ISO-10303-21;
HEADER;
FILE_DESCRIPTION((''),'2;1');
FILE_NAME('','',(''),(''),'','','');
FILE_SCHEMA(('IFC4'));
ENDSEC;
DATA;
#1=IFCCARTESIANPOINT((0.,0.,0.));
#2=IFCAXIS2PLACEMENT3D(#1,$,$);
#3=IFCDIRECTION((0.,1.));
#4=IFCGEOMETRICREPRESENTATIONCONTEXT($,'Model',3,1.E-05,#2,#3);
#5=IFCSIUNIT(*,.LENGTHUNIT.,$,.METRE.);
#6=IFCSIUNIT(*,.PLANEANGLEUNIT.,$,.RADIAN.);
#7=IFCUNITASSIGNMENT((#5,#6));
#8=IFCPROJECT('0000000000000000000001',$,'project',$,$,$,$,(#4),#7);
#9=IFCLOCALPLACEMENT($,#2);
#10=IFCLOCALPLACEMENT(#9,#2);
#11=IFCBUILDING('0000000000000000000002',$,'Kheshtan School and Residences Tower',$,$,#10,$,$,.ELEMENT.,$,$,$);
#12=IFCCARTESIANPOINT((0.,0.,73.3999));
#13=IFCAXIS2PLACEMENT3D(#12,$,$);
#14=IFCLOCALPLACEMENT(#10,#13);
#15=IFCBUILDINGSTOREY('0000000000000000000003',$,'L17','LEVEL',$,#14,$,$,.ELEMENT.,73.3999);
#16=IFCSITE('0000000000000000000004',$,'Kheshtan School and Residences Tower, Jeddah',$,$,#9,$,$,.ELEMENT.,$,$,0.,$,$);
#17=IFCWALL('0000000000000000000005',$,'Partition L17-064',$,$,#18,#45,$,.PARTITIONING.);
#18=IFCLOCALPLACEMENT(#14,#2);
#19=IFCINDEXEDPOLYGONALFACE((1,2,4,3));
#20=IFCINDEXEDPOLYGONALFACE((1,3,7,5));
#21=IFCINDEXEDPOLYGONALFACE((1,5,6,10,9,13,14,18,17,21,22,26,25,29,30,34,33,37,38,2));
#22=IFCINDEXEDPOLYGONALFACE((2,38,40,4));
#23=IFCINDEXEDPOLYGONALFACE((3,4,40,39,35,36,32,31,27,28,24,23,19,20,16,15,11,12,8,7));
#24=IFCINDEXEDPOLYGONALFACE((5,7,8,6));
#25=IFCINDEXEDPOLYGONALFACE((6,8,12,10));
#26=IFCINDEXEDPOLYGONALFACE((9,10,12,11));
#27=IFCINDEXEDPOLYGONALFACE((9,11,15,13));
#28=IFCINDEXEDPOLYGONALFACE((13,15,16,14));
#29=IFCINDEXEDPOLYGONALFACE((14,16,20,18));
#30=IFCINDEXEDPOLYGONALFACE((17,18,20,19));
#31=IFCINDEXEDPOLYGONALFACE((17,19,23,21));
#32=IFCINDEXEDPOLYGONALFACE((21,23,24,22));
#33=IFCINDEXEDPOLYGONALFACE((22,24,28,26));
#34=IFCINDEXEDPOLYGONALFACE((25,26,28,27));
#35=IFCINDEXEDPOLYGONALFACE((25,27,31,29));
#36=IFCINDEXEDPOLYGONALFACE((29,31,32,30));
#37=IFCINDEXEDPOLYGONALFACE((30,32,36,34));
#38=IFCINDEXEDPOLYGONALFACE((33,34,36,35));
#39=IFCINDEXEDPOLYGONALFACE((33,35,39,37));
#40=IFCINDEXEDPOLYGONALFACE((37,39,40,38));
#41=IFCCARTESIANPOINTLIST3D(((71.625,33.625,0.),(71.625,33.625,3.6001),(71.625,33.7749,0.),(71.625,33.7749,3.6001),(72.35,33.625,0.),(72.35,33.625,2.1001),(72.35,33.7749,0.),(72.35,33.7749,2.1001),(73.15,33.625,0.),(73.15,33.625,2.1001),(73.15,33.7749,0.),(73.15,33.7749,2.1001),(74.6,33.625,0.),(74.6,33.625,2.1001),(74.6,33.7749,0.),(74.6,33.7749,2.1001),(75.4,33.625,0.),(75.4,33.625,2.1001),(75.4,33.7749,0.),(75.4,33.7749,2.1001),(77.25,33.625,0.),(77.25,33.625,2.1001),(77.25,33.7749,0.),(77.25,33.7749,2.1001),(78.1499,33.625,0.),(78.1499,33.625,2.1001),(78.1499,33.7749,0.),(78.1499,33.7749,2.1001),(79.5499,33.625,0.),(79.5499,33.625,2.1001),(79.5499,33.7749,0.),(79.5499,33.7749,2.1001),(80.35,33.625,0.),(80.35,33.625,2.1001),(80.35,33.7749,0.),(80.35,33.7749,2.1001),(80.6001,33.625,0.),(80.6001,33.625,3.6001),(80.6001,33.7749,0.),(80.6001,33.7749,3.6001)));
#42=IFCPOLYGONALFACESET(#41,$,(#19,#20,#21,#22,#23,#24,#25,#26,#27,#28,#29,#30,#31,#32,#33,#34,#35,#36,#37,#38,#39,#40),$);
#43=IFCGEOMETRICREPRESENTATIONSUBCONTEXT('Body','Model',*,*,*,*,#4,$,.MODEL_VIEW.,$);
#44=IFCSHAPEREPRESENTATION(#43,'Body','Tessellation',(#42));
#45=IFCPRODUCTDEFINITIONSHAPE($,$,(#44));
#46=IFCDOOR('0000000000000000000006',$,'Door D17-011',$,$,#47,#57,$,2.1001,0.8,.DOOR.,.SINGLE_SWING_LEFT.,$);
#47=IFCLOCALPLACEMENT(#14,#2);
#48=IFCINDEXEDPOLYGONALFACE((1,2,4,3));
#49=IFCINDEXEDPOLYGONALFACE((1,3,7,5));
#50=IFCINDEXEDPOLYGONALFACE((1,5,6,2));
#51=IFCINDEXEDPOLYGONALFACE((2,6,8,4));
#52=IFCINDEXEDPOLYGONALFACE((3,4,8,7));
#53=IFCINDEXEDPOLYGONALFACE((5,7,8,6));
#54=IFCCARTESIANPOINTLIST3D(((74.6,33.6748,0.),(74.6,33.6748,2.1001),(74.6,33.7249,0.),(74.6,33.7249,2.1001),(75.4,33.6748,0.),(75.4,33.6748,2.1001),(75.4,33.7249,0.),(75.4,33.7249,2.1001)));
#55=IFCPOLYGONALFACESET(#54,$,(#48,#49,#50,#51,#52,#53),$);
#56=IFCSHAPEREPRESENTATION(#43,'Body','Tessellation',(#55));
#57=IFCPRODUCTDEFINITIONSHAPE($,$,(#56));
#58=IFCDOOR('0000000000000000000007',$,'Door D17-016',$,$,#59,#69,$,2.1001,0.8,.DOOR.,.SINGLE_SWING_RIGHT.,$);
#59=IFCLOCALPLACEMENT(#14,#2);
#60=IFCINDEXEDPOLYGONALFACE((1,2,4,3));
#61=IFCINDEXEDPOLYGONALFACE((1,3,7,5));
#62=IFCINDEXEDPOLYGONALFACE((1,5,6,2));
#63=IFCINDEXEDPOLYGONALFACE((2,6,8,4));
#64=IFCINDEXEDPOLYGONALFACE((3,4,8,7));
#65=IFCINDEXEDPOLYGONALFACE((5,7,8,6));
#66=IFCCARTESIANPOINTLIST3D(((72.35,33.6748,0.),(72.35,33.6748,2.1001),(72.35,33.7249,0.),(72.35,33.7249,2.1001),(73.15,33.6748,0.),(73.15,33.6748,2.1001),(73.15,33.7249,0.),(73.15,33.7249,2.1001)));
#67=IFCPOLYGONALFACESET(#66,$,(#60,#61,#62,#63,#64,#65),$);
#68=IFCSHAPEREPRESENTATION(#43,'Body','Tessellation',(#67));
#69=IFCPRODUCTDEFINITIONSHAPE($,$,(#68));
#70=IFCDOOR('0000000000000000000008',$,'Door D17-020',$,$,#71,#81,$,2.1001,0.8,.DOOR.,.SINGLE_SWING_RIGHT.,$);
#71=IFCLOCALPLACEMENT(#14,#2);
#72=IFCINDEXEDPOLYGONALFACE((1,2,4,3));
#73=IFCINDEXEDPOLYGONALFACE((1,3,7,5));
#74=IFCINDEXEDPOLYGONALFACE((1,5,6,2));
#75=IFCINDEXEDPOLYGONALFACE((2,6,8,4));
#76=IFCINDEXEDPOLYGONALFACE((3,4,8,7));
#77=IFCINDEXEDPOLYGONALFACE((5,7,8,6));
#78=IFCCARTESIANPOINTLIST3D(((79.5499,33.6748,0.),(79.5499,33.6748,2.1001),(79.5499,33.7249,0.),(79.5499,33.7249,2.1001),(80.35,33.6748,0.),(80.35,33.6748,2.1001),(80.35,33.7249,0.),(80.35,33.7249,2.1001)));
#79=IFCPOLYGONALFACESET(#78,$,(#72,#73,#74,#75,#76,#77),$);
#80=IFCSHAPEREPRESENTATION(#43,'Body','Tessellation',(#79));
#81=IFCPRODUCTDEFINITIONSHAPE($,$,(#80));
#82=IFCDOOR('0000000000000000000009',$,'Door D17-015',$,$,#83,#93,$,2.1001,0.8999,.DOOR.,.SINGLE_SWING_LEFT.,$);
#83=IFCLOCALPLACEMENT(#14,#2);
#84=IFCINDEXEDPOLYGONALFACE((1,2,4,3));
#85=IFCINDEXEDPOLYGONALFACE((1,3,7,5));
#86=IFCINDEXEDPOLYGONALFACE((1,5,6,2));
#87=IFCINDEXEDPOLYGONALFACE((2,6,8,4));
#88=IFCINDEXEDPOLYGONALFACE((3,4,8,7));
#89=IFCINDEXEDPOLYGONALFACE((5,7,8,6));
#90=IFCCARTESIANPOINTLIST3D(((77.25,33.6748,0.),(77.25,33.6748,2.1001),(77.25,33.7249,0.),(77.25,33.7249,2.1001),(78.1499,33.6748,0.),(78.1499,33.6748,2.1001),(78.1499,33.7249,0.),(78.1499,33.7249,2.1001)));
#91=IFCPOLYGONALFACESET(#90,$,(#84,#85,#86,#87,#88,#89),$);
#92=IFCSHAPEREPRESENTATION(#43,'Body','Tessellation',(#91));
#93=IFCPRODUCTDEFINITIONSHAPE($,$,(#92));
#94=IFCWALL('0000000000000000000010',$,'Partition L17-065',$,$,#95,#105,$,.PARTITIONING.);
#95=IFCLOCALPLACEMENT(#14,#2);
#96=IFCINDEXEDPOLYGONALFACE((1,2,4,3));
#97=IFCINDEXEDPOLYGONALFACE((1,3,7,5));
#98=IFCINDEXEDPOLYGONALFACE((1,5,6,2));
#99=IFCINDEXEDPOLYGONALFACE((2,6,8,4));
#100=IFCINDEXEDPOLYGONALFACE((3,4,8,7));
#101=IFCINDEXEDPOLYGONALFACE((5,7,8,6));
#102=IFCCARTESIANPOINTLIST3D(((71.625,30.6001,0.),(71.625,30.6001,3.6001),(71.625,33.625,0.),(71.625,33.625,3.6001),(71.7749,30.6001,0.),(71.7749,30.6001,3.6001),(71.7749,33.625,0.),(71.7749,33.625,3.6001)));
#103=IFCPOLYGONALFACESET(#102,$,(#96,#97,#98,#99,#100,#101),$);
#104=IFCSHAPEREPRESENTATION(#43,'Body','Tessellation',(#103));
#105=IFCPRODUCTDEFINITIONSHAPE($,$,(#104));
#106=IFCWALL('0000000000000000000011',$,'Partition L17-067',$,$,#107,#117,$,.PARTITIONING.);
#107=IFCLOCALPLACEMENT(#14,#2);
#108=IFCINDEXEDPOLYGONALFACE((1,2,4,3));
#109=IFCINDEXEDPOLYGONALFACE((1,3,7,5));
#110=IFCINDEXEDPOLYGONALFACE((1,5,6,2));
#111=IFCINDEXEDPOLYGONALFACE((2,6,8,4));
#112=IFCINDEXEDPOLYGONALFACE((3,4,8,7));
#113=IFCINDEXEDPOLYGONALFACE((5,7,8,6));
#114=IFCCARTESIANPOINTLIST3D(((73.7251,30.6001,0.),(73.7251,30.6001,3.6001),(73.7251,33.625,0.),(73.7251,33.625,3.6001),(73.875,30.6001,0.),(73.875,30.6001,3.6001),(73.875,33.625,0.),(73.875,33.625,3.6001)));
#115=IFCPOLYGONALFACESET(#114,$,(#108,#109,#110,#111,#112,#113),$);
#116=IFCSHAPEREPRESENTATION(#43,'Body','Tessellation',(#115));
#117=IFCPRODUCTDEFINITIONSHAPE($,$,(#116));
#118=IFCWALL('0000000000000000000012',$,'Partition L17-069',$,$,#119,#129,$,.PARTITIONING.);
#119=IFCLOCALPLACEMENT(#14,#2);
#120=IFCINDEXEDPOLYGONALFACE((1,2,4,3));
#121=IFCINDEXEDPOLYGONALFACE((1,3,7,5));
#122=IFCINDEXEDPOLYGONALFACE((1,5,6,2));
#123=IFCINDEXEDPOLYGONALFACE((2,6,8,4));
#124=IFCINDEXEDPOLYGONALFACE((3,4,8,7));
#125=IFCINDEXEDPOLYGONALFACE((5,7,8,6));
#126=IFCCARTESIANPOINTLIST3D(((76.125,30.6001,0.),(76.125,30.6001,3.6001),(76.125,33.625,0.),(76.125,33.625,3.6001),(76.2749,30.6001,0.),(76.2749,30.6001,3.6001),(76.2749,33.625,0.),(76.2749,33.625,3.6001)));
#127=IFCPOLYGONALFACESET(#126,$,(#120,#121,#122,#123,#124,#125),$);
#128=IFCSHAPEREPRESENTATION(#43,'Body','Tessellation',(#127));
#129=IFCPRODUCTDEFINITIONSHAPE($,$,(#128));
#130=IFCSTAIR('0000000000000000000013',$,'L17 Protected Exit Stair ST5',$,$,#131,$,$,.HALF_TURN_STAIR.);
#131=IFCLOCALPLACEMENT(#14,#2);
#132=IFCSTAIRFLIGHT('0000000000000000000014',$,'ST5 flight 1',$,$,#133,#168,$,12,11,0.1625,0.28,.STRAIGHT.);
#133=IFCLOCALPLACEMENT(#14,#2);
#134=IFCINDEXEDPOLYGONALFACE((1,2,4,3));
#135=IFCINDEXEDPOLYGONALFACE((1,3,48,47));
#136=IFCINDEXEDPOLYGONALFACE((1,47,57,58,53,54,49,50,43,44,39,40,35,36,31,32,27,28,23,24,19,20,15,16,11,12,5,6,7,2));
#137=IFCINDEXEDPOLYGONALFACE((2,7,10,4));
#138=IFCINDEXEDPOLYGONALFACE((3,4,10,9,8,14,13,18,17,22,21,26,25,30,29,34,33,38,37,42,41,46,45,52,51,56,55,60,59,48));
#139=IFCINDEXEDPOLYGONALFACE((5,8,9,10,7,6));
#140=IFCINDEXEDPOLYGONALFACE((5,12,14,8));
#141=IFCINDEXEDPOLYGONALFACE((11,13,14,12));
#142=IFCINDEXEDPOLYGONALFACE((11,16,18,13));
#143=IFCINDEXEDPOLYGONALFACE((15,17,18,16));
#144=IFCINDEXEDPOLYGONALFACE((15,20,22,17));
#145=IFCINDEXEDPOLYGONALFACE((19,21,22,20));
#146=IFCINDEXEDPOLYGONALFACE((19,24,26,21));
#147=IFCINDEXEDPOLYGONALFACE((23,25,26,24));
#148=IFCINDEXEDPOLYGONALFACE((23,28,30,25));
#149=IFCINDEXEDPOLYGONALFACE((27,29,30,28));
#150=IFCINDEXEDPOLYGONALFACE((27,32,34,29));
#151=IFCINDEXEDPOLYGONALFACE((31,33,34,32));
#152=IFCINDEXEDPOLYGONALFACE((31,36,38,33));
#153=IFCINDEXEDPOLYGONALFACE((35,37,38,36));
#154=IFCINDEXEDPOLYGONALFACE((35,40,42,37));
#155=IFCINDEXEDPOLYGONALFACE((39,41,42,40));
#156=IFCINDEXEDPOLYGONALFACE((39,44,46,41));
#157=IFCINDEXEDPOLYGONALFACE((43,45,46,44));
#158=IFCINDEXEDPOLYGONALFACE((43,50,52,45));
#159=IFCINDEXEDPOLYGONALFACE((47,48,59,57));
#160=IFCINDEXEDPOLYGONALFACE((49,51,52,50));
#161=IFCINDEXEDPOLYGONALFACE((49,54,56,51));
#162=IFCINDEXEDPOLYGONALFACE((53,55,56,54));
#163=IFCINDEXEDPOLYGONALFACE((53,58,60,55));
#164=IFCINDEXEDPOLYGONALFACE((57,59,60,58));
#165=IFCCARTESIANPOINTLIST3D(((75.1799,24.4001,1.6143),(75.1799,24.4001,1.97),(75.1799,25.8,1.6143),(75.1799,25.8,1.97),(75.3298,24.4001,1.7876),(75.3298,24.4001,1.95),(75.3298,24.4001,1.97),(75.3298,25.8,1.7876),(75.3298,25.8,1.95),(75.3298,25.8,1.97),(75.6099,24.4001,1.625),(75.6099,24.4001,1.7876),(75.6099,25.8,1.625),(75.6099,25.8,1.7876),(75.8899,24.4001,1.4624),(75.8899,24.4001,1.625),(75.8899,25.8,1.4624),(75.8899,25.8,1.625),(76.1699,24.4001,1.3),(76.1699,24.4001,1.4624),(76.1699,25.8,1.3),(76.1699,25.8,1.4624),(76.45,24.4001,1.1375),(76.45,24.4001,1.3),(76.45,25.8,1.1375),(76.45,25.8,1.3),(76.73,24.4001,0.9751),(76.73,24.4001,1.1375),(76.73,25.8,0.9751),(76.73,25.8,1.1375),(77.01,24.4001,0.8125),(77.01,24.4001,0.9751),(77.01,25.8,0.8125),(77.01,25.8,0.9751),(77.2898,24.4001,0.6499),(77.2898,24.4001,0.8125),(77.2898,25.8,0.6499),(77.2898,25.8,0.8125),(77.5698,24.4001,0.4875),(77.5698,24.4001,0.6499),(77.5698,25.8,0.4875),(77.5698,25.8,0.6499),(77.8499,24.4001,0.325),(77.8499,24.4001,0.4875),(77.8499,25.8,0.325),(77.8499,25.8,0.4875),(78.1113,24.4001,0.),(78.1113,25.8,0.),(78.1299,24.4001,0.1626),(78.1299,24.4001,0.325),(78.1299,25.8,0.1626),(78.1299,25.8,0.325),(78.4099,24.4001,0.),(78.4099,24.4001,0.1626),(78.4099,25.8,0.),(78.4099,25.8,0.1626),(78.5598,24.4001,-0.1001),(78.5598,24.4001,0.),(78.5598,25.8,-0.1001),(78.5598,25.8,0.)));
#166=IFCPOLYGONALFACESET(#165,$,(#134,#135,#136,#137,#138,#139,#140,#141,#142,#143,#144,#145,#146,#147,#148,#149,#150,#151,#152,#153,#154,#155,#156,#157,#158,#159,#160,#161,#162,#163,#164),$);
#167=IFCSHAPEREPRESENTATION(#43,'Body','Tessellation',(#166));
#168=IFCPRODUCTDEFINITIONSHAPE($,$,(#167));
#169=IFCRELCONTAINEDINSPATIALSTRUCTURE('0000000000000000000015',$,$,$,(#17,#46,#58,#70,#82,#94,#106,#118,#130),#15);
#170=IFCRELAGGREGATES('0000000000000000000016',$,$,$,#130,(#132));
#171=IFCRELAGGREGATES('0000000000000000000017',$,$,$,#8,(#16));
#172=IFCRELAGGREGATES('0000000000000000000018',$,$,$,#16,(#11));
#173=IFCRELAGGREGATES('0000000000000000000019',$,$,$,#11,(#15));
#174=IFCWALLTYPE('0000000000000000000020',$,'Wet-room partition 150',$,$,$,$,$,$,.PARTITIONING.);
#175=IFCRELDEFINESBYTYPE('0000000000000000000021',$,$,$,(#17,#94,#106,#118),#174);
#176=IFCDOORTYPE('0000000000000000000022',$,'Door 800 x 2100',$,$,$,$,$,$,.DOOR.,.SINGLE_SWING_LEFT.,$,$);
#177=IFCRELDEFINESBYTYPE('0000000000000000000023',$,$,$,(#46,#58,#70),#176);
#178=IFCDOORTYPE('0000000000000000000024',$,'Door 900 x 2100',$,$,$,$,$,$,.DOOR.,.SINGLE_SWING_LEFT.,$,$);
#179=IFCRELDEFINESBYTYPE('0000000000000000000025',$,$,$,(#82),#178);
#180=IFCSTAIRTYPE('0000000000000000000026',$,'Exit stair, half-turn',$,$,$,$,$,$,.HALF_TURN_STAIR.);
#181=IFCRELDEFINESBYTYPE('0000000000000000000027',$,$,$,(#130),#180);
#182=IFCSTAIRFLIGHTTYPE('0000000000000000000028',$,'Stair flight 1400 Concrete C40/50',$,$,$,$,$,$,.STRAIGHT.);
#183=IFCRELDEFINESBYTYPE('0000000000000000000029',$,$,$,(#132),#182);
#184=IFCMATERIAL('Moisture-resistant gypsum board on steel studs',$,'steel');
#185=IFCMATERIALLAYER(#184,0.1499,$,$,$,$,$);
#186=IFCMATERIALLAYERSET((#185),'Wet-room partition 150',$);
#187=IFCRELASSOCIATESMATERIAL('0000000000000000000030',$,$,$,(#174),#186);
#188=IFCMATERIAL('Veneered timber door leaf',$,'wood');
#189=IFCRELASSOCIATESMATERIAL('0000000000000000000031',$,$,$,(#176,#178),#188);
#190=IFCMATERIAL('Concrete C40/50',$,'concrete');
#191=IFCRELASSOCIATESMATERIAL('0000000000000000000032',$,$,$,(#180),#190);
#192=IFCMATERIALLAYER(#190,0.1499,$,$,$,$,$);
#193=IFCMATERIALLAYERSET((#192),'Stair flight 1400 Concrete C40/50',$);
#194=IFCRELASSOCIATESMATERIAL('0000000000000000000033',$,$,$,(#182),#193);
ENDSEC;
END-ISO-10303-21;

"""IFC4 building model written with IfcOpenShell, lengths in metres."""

from ifc_helpers import new_model, si_unit, direction, frame, frame_2d, origin, place, context, subcontext, project, spatial, polyline, rectangle, outline, extrude, source, transform, mapped, material, layer, layer_set, type_object, element, fill, aggregate, save


model = new_model("IFC4")

# Units and contexts
model_context = context("Model", 3, precision=1e-05, world=origin(), true_north=direction((0.0, 1.0)))
body_context = subcontext(model_context, "Body", "Model", "MODEL_VIEW")
ifc_project = project(units=[si_unit("LENGTHUNIT", "METRE"), si_unit("PLANEANGLEUNIT", "RADIAN")], contexts=[model_context])

# Site, building, storey
site_placement = place(None, origin())
site = spatial("IfcSite", under=ifc_project, at=site_placement, Name="Kheshtan School and Residences Tower, Jeddah", CompositionType="ELEMENT", RefElevation=0.0)
building_placement = place(site_placement, origin())
building = spatial("IfcBuilding", under=site, at=building_placement, Name="Kheshtan School and Residences Tower", CompositionType="ELEMENT")
storey_placement = place(building_placement, frame((0.0, 0.0, 73.3999)))
storey = spatial("IfcBuildingStorey", under=building, at=storey_placement, Name="L17", Description="LEVEL", CompositionType="ELEMENT", Elevation=73.3999)

# Wall, openings, doors
ifc_material_1 = material(Name="Moisture-resistant gypsum board on steel studs", Category="steel")
ifc_layer_1 = layer(ifc_material_1, 0.1499)
ifc_layer_set_1 = layer_set([ifc_layer_1], Name="Wet-room partition 150")
wall_type_1 = type_object("IfcWallType", Name="Wet-room partition 150", PredefinedType="PARTITIONING", material=ifc_layer_set_1)
wall_1_placement = place(storey_placement, frame((71.625, 33.7, 0.0), z_axis=(0.0, 0.0, 1.0), x_axis=(1.0, 0.0, 0.0)))
wall_1 = element("IfcWall", 1, at=wall_1_placement, inside=storey, type_object=wall_type_1, Name="Partition L17-064", PredefinedType="PARTITIONING", context=body_context, shape_type="SweptSolid", body=[
    extrude(rectangle(XDim=8.9751, YDim=0.1499, at=frame_2d((4.4875, 0.0))), origin(), (0.0, 0.0, 1.0), 3.6001),
])
opening_1_placement = place(wall_1_placement, frame((2.9751, 0.0, 0.0)))
opening_1 = element("IfcOpeningElement", 2, at=opening_1_placement, cuts=wall_1, PredefinedType="OPENING", context=body_context, shape_type="SweptSolid", body=[
    extrude(rectangle(XDim=0.8, YDim=2.1001, at=frame_2d((0.3999, 1.05))), frame((0.0, 0.085, 0.0), z_axis=(0.0, -1.0, 0.0), x_axis=(1.0, 0.0, 0.0)), (0.0, 0.0, 1.0), 0.1699),
])
opening_2_placement = place(wall_1_placement, frame((5.625, 0.0, 0.0)))
opening_2 = element("IfcOpeningElement", 3, at=opening_2_placement, cuts=wall_1, PredefinedType="OPENING", context=body_context, shape_type="SweptSolid", body=[
    extrude(rectangle(XDim=0.8999, YDim=2.1001, at=frame_2d((0.45, 1.05))), frame((0.0, 0.085, 0.0), z_axis=(0.0, -1.0, 0.0), x_axis=(1.0, 0.0, 0.0)), (0.0, 0.0, 1.0), 0.1699),
])
opening_3_placement = place(wall_1_placement, frame((0.7251, 0.0, 0.0)))
opening_3 = element("IfcOpeningElement", 4, at=opening_3_placement, cuts=wall_1, PredefinedType="OPENING", context=body_context, shape_type="SweptSolid", body=[
    extrude(rectangle(XDim=0.8, YDim=2.1001, at=frame_2d((0.3999, 1.05))), frame((0.0, 0.085, 0.0), z_axis=(0.0, -1.0, 0.0), x_axis=(1.0, 0.0, 0.0)), (0.0, 0.0, 1.0), 0.1699),
])
opening_4_placement = place(wall_1_placement, frame((7.925, 0.0, 0.0)))
opening_4 = element("IfcOpeningElement", 5, at=opening_4_placement, cuts=wall_1, PredefinedType="OPENING", context=body_context, shape_type="SweptSolid", body=[
    extrude(rectangle(XDim=0.8, YDim=2.1001, at=frame_2d((0.3999, 1.05))), frame((0.0, 0.085, 0.0), z_axis=(0.0, -1.0, 0.0), x_axis=(1.0, 0.0, 0.0)), (0.0, 0.0, 1.0), 0.1699),
])
ifc_material_2 = material(Name="Veneered timber door leaf", Category="wood")
door_type_1 = type_object("IfcDoorType", Name="Door 800 x 2100", OperationType="SINGLE_SWING_LEFT", PredefinedType="DOOR", material=ifc_material_2)
shared_shape_1 = source(origin(), body_context, "Body", "SweptSolid", [
    extrude(rectangle(XDim=0.8, YDim=2.1001, at=frame_2d((0.3999, 1.05))), frame((0.0, 0.0249, 0.0), z_axis=(0.0, -1.0, 0.0), x_axis=(1.0, 0.0, 0.0)), (0.0, 0.0, 1.0), 0.05),
])
door_1_placement = place(opening_1_placement, origin())
door_1 = element("IfcDoor", 6, at=door_1_placement, inside=storey, type_object=door_type_1, Name="Door D17-011", OperationType="SINGLE_SWING_LEFT", OverallHeight=2.1001, OverallWidth=0.8, PredefinedType="DOOR", context=body_context, shape_type="MappedRepresentation", body=[
    mapped(shared_shape_1, transform((0.0, 0.0, 0.0), x_axis=(1.0, 0.0, 0.0), y_axis=(0.0, 1.0, 0.0), z_axis=(0.0, 0.0, 1.0), scale=1.0)),
])
fill(opening_1, door_1)
door_2_placement = place(opening_3_placement, origin())
door_2 = element("IfcDoor", 7, at=door_2_placement, inside=storey, type_object=door_type_1, Name="Door D17-016", OperationType="SINGLE_SWING_RIGHT", OverallHeight=2.1001, OverallWidth=0.8, PredefinedType="DOOR", context=body_context, shape_type="MappedRepresentation", body=[
    mapped(shared_shape_1, transform((0.0, 0.0, 0.0), x_axis=(1.0, 0.0, 0.0), y_axis=(0.0, 1.0, 0.0), z_axis=(0.0, 0.0, 1.0), scale=1.0)),
])
fill(opening_3, door_2)
door_3_placement = place(opening_4_placement, origin())
door_3 = element("IfcDoor", 8, at=door_3_placement, inside=storey, type_object=door_type_1, Name="Door D17-020", OperationType="SINGLE_SWING_RIGHT", OverallHeight=2.1001, OverallWidth=0.8, PredefinedType="DOOR", context=body_context, shape_type="MappedRepresentation", body=[
    mapped(shared_shape_1, transform((0.0, 0.0, 0.0), x_axis=(1.0, 0.0, 0.0), y_axis=(0.0, 1.0, 0.0), z_axis=(0.0, 0.0, 1.0), scale=1.0)),
])
fill(opening_4, door_3)
door_type_2 = type_object("IfcDoorType", Name="Door 900 x 2100", OperationType="SINGLE_SWING_LEFT", PredefinedType="DOOR", material=ifc_material_2)
shared_shape_2 = source(origin(), body_context, "Body", "SweptSolid", [
    extrude(rectangle(XDim=0.8999, YDim=2.1001, at=frame_2d((0.45, 1.05))), frame((0.0, 0.0249, 0.0), z_axis=(0.0, -1.0, 0.0), x_axis=(1.0, 0.0, 0.0)), (0.0, 0.0, 1.0), 0.05),
])
door_4_placement = place(opening_2_placement, origin())
door_4 = element("IfcDoor", 9, at=door_4_placement, inside=storey, type_object=door_type_2, Name="Door D17-015", OperationType="SINGLE_SWING_LEFT", OverallHeight=2.1001, OverallWidth=0.8999, PredefinedType="DOOR", context=body_context, shape_type="MappedRepresentation", body=[
    mapped(shared_shape_2, transform((0.0, 0.0, 0.0), x_axis=(1.0, 0.0, 0.0), y_axis=(0.0, 1.0, 0.0), z_axis=(0.0, 0.0, 1.0), scale=1.0)),
])
fill(opening_2, door_4)

# Walls
for number, where, z_axis, x_axis, name in (
    (10, (71.7, 30.6001, 0.0), (0.0, 0.0, 1.0), (0.0, 1.0, 0.0), "Partition L17-065"),
    (11, (73.8, 30.6001, 0.0), (0.0, 0.0, 1.0), (0.0, 1.0, 0.0), "Partition L17-067"),
    (12, (76.2, 30.6001, 0.0), (0.0, 0.0, 1.0), (0.0, 1.0, 0.0), "Partition L17-069"),
):
    element("IfcWall", number, at=place(storey_placement, frame(where, z_axis=z_axis, x_axis=x_axis)), inside=storey, type_object=wall_type_1, Name=name, PredefinedType="PARTITIONING", context=body_context, shape_type="SweptSolid", body=[
        extrude(rectangle(XDim=3.0249, YDim=0.1499, at=frame_2d((1.5125, 0.0))), origin(), (0.0, 0.0, 1.0), 3.6001),
    ])

# Stair, stair flight
ifc_material_3 = material(Name="Concrete C40/50", Category="concrete")
stair_type = type_object("IfcStairType", Name="Exit stair, half-turn", PredefinedType="HALF_TURN_STAIR", material=ifc_material_3)
stair_placement = place(storey_placement, origin())
stair = element("IfcStair", 13, at=stair_placement, inside=storey, type_object=stair_type, Name="L17 Protected Exit Stair ST5", PredefinedType="HALF_TURN_STAIR")
ifc_layer_2 = layer(ifc_material_3, 0.1499)
ifc_layer_set_2 = layer_set([ifc_layer_2], Name="Stair flight 1400 Concrete C40/50")
stair_flight_type = type_object("IfcStairFlightType", Name="Stair flight 1400 Concrete C40/50", PredefinedType="STRAIGHT", material=ifc_layer_set_2)
stair_flight_1_placement = place(storey_placement, frame((78.4099, 25.1001, 0.0), z_axis=(0.0, 0.0, 1.0), x_axis=(-1.0, 0.0, 0.0)))
stair_flight_1 = element("IfcStairFlight", 14, at=stair_flight_1_placement, type_object=stair_flight_type, Name="ST5 flight 1", NumberOfRisers=12, NumberOfTreads=11, PredefinedType="STRAIGHT", RiserHeight=0.1625, TreadLength=0.28, context=body_context, shape_type="SweptSolid", body=[
    extrude(outline(polyline([(-0.1499, -0.1001), (-0.1499, 0.0), (0.0, 0.0), (0.0, 0.1626), (0.28, 0.1626), (0.28, 0.325), (0.5601, 0.325), (0.5601, 0.4875), (0.8401, 0.4875), (0.8401, 0.6499), (1.1201, 0.6499), (1.1201, 0.8125), (1.3999, 0.8125), (1.3999, 0.9751), (1.6799, 0.9751), (1.6799, 1.1375), (1.96, 1.1375), (1.96, 1.3), (2.24, 1.3), (2.24, 1.4624), (2.52, 1.4624), (2.52, 1.625), (2.8, 1.625), (2.8, 1.7876), (3.0801, 1.7876), (3.0801, 1.95), (3.0801, 1.97), (3.23, 1.97), (3.23, 1.6143), (0.2986, 0.0), (-0.1499, -0.1001)])), frame((0.0, 0.7, 0.0), z_axis=(0.0, -1.0, 0.0), x_axis=(1.0, 0.0, 0.0)), (0.0, 0.0, 1.0), 1.3999),
])
aggregate(stair, [stair_flight_1])

save(model, "model.ifc")
